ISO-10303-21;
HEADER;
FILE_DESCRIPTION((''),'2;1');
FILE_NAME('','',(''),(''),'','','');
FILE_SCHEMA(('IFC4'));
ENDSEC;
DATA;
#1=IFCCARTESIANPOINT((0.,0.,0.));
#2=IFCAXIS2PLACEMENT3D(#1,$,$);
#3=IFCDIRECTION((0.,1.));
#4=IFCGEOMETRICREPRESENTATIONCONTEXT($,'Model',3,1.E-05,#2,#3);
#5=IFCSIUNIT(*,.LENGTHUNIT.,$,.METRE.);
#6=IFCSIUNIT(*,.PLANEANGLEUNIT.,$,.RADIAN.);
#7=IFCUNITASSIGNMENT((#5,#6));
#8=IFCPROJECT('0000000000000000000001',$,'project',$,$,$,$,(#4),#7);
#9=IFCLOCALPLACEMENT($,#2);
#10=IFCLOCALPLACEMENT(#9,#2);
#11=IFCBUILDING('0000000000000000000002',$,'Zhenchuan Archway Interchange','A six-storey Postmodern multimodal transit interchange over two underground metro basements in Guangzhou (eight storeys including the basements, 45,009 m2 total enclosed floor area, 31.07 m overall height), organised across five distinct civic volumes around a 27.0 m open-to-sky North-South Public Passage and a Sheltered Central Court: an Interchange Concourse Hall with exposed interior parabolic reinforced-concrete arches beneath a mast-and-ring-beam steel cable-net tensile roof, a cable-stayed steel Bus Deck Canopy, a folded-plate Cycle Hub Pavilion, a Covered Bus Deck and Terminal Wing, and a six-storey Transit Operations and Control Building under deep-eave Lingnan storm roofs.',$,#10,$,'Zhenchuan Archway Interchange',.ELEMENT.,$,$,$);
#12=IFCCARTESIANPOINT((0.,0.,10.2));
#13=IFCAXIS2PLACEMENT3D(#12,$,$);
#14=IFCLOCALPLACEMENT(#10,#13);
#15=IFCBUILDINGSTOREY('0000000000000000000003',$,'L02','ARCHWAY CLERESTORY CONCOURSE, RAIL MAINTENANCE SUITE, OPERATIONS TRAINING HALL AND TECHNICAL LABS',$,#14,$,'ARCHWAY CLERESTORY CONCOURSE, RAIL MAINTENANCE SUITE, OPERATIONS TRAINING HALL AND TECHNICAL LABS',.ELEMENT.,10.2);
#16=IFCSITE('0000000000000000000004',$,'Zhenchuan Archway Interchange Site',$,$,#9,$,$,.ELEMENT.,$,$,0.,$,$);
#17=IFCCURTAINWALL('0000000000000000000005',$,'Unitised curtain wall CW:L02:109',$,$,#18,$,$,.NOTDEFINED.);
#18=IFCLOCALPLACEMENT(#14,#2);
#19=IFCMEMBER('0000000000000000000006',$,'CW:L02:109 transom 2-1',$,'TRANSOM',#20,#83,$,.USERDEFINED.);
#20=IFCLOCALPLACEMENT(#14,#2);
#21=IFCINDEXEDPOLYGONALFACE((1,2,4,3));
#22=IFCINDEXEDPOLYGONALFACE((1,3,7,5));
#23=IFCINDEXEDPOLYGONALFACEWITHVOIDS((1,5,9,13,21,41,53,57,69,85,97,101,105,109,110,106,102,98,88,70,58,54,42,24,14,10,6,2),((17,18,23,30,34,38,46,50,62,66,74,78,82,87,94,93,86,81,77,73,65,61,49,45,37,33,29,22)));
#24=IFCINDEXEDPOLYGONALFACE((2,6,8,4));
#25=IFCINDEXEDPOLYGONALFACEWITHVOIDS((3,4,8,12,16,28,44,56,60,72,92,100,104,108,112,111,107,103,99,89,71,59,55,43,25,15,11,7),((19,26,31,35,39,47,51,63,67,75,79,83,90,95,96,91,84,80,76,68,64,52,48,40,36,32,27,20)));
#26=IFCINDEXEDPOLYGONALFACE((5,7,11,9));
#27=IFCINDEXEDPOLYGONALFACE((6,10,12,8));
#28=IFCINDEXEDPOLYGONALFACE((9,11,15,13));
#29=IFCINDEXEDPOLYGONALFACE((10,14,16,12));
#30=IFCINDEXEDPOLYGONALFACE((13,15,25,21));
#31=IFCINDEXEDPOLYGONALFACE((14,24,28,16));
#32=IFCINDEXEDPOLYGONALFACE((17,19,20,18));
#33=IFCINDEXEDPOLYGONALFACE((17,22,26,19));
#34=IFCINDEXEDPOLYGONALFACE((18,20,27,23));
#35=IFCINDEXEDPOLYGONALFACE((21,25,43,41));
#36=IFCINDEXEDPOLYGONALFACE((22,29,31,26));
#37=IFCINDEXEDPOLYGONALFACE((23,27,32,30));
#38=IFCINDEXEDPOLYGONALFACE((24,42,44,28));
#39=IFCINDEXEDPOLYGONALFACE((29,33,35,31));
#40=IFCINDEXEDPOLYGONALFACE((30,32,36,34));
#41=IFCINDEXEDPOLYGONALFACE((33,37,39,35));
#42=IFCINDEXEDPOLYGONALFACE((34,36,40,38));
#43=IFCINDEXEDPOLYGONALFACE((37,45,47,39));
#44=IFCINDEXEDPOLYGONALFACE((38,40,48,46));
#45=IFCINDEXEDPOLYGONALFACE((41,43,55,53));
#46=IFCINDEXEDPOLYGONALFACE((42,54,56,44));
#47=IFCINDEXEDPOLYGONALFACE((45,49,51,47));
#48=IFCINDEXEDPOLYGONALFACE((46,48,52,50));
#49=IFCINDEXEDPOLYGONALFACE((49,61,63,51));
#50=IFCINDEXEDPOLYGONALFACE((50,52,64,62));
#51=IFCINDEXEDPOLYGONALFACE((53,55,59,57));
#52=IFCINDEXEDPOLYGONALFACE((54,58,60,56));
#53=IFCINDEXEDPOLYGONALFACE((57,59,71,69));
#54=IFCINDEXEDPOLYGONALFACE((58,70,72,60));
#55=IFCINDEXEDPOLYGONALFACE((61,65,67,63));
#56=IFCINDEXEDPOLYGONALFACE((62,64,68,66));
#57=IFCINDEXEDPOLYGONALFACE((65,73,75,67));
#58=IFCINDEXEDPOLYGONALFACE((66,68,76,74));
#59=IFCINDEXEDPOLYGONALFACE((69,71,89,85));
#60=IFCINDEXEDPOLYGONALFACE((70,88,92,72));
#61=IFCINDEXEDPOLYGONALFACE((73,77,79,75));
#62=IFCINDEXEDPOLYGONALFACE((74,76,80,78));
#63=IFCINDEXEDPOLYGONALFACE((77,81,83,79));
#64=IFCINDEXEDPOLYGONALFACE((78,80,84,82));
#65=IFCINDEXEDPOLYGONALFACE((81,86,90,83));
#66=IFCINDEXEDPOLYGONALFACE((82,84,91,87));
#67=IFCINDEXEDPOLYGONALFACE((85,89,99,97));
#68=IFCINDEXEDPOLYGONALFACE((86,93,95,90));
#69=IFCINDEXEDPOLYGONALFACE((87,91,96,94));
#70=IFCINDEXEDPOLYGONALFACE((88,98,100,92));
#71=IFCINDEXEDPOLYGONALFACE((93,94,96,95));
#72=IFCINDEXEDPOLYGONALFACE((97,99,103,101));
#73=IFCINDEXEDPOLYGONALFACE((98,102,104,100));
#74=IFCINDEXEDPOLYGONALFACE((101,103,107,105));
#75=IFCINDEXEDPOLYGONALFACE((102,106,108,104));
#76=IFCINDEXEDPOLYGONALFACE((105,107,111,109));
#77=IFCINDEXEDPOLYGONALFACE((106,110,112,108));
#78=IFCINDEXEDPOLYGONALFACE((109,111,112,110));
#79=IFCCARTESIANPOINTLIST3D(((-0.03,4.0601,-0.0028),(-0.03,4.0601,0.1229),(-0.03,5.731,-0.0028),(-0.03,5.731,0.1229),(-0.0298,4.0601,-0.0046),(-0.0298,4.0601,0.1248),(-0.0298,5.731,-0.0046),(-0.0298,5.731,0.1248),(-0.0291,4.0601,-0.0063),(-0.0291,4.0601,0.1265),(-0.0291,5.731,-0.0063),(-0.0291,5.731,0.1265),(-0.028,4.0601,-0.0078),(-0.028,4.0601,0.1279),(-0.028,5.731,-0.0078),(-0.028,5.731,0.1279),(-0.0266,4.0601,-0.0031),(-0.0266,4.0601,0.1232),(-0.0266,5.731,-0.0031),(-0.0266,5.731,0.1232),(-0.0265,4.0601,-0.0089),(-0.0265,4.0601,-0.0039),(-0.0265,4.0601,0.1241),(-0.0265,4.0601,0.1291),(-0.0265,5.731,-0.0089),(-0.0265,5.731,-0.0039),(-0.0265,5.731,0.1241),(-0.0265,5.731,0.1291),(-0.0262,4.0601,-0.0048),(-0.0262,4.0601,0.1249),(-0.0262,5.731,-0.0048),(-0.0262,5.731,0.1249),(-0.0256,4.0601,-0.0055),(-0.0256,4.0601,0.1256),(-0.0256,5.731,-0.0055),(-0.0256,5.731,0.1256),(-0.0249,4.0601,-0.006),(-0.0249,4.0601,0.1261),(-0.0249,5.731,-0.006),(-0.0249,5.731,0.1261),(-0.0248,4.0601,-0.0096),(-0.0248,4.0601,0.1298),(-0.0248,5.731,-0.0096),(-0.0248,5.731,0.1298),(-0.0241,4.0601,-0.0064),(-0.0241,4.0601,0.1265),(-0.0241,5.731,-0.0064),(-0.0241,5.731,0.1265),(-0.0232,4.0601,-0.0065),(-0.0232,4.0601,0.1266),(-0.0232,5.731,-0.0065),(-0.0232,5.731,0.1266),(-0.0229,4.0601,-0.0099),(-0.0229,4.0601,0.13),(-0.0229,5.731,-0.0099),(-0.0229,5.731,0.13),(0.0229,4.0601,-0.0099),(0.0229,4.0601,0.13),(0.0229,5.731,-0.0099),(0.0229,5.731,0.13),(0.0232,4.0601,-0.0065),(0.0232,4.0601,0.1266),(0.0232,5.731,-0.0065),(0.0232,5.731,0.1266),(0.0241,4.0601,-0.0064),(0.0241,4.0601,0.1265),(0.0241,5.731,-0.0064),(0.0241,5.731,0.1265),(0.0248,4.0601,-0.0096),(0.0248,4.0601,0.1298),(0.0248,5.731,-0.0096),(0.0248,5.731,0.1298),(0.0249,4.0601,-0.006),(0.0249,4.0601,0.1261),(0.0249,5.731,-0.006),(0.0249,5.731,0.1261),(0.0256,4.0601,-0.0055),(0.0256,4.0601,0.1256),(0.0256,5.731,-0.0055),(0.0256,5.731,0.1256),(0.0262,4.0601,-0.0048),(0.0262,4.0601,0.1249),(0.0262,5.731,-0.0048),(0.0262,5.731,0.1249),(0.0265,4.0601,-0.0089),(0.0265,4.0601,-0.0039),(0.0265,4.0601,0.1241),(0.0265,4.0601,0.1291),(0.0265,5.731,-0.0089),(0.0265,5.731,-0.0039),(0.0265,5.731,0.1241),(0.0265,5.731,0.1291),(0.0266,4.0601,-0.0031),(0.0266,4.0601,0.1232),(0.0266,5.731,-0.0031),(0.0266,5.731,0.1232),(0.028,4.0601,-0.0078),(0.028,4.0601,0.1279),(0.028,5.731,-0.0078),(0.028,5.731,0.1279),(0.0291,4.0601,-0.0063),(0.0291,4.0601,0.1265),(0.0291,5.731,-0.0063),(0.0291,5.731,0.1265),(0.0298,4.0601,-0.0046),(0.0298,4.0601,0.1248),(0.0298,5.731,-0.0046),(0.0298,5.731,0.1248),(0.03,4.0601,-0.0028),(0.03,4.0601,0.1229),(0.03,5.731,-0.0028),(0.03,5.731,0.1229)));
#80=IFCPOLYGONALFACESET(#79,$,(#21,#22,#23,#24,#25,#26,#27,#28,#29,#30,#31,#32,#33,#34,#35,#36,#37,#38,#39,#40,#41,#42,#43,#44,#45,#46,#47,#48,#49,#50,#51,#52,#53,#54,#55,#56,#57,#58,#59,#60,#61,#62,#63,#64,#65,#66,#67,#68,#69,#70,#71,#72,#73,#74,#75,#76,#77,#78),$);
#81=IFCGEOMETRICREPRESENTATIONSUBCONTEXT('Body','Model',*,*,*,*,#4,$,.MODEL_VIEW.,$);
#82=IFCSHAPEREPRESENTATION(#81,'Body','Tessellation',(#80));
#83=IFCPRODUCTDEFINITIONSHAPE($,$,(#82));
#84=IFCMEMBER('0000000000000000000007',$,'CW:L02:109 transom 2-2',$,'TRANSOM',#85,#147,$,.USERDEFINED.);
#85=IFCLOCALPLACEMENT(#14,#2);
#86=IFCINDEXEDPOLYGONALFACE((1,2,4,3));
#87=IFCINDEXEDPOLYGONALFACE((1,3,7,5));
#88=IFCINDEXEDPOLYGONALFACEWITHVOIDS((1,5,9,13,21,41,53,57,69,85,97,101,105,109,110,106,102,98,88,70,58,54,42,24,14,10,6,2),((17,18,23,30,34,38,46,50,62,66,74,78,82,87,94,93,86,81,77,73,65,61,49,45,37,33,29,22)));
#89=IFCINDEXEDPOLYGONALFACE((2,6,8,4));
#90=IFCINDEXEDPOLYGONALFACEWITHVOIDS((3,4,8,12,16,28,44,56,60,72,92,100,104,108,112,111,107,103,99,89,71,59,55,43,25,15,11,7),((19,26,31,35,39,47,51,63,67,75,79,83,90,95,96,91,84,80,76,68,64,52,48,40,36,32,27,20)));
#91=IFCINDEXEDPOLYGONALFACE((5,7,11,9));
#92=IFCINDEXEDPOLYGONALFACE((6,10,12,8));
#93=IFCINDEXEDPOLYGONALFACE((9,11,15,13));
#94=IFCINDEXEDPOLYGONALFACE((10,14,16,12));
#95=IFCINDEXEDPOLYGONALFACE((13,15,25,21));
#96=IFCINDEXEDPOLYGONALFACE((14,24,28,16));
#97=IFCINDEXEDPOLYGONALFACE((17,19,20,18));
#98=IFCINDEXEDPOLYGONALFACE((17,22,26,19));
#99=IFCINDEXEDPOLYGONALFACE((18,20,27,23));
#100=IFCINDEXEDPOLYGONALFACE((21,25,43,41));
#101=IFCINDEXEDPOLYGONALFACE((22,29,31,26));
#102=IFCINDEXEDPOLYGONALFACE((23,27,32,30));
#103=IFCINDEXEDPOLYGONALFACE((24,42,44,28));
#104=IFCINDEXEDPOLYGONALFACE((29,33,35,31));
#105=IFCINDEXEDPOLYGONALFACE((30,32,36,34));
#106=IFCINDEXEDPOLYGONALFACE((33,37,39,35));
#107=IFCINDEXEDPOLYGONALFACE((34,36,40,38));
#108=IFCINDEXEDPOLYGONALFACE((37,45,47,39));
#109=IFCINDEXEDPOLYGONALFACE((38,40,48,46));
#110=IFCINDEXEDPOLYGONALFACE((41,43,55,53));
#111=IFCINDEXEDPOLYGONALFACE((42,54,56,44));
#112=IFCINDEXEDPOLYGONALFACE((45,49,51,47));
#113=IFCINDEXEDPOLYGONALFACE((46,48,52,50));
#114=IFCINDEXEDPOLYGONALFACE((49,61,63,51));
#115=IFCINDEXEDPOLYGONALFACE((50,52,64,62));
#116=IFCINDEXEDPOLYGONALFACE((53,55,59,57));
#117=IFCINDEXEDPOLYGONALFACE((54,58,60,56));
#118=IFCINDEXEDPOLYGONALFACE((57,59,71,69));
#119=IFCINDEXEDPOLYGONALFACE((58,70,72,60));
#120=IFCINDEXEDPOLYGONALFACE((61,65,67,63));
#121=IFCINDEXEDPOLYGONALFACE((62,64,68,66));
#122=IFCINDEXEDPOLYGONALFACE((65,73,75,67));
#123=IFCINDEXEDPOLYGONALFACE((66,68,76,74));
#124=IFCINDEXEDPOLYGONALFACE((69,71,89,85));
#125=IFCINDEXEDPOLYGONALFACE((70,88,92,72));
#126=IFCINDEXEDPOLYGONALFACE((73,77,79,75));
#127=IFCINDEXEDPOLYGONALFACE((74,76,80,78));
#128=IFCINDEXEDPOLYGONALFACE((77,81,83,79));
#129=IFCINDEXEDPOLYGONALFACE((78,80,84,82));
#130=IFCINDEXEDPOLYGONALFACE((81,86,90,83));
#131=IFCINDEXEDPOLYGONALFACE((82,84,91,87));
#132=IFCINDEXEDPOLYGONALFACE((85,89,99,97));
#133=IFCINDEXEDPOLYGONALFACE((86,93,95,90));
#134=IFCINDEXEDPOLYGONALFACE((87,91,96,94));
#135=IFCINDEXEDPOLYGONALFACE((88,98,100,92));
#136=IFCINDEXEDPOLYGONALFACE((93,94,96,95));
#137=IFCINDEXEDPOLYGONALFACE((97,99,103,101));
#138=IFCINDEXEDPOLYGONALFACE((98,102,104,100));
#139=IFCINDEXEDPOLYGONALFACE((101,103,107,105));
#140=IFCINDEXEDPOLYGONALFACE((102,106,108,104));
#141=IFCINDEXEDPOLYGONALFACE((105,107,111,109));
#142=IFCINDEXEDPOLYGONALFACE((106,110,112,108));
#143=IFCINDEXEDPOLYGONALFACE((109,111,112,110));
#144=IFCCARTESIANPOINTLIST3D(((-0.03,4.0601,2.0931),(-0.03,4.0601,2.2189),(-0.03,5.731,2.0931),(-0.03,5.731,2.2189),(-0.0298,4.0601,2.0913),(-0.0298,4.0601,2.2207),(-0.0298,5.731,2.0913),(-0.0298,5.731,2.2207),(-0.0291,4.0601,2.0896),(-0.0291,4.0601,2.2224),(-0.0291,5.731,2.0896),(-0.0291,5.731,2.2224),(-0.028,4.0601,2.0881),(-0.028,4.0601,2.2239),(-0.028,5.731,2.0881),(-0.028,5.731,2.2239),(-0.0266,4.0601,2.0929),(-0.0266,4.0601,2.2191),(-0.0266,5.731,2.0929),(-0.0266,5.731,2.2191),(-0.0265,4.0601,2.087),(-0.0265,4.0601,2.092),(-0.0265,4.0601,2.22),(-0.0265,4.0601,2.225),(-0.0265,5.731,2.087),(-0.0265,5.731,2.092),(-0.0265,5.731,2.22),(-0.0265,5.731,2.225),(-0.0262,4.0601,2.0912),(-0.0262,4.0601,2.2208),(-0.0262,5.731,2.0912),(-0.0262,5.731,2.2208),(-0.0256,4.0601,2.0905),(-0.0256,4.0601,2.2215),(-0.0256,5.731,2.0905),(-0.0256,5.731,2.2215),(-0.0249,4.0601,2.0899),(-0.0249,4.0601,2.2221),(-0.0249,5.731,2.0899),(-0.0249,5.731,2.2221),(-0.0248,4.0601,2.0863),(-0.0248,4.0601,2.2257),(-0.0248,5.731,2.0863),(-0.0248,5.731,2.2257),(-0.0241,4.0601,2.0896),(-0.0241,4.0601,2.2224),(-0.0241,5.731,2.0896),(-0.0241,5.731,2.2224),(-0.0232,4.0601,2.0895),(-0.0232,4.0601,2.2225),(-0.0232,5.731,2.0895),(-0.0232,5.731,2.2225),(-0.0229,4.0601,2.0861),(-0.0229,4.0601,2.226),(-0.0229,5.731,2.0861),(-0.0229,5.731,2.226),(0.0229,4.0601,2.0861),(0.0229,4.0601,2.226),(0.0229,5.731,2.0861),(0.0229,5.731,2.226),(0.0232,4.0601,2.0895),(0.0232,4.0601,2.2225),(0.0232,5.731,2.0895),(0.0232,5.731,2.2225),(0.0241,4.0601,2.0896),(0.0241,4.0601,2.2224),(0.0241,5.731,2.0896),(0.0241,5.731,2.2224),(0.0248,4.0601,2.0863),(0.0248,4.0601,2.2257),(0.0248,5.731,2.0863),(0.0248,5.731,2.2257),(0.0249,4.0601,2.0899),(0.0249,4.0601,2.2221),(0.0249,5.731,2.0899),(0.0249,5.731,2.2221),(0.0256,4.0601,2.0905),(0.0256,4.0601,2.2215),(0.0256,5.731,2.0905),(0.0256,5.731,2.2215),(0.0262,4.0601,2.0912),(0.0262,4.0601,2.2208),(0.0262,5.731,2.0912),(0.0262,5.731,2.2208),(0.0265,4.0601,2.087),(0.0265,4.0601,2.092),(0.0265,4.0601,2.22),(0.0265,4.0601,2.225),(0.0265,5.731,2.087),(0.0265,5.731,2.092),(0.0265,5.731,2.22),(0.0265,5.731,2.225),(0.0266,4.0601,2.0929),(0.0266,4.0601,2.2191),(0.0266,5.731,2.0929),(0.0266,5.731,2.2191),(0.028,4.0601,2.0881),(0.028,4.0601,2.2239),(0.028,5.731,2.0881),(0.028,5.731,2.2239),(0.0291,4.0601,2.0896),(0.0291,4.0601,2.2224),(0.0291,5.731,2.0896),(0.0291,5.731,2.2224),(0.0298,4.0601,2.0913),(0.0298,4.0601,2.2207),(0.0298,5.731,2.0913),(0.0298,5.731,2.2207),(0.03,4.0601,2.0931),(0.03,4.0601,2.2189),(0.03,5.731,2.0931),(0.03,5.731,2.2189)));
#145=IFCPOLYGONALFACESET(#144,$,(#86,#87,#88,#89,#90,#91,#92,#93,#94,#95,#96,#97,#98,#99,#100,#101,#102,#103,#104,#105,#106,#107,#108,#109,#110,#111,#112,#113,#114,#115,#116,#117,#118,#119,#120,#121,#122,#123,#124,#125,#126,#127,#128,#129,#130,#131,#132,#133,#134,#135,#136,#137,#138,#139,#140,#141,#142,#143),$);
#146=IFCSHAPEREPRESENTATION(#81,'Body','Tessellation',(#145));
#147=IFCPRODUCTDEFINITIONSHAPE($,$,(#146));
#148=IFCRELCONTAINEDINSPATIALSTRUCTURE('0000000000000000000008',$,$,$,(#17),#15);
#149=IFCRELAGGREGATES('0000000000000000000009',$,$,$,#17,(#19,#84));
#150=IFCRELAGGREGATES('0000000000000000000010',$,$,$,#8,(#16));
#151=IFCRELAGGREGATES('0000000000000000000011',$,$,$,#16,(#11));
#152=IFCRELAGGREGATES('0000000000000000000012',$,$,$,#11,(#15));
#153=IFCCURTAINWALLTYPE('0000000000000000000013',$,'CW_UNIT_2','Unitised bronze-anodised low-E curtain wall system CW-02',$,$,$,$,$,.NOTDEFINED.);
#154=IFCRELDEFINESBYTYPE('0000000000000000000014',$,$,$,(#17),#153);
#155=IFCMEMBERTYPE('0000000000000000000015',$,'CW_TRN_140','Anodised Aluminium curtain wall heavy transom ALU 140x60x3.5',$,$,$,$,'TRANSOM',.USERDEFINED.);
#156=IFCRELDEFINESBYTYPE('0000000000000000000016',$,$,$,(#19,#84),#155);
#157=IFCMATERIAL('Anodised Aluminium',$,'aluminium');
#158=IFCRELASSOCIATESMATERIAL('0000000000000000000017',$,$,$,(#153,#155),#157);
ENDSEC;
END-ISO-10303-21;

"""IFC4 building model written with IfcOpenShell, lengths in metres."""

from ifc_helpers import new_model, si_unit, direction, frame, origin, origin_2d, place, context, subcontext, project, spatial, hollow_rectangle, extrude, material, material_profile, profile_set, type_object, element, aggregate, save


model = new_model("IFC4")

# Units and contexts
model_context = context("Model", 3, precision=1e-05, world=origin(), true_north=direction((0.0, 1.0)))
body_context = subcontext(model_context, "Body", "Model", "MODEL_VIEW")
ifc_project = project(units=[si_unit("LENGTHUNIT", "METRE"), si_unit("PLANEANGLEUNIT", "RADIAN")], contexts=[model_context])

# Site, building, storey
site_placement = place(None, origin())
site = spatial("IfcSite", under=ifc_project, at=site_placement, Name="Zhenchuan Archway Interchange Site", CompositionType="ELEMENT", RefElevation=0.0)
building_placement = place(site_placement, origin())
building = spatial("IfcBuilding", under=site, at=building_placement, Name="Zhenchuan Archway Interchange", Description="A six-storey Postmodern multimodal transit interchange over two underground metro basements in Guangzhou (eight storeys including the basements, 45,009 m2 total enclosed floor area, 31.07 m overall height), organised across five distinct civic volumes around a 27.0 m open-to-sky North-South Public Passage and a Sheltered Central Court: an Interchange Concourse Hall with exposed interior parabolic reinforced-concrete arches beneath a mast-and-ring-beam steel cable-net tensile roof, a cable-stayed steel Bus Deck Canopy, a folded-plate Cycle Hub Pavilion, a Covered Bus Deck and Terminal Wing, and a six-storey Transit Operations and Control Building under deep-eave Lingnan storm roofs.", LongName="Zhenchuan Archway Interchange", CompositionType="ELEMENT")
storey_placement = place(building_placement, frame((0.0, 0.0, 10.2)))
storey = spatial("IfcBuildingStorey", under=building, at=storey_placement, Name="L02", Description="ARCHWAY CLERESTORY CONCOURSE, RAIL MAINTENANCE SUITE, OPERATIONS TRAINING HALL AND TECHNICAL LABS", LongName="ARCHWAY CLERESTORY CONCOURSE, RAIL MAINTENANCE SUITE, OPERATIONS TRAINING HALL AND TECHNICAL LABS", CompositionType="ELEMENT", Elevation=10.2)

# Curtain wall, members
ifc_material_1 = material(Name="Anodised Aluminium", Category="aluminium")
curtain_wall_type = type_object("IfcCurtainWallType", Name="CW_UNIT_2", Description="Unitised bronze-anodised low-E curtain wall system CW-02", PredefinedType="NOTDEFINED", material=ifc_material_1)
curtain_wall_placement = place(storey_placement, origin())
curtain_wall = element("IfcCurtainWall", 1, at=curtain_wall_placement, inside=storey, type_object=curtain_wall_type, Name="Unitised curtain wall CW:L02:109", PredefinedType="NOTDEFINED")
ifc_material_profile_1 = material_profile(ifc_material_1, hollow_rectangle(XDim=0.0601, YDim=0.1399, WallThickness=0.0034, InnerFilletRadius=0.0034, OuterFilletRadius=0.0071, at=origin_2d()), Name="ALU 140x60x3.5")
ifc_profile_set_1 = profile_set([ifc_material_profile_1], Name="Anodised Aluminium")
member_type_1 = type_object("IfcMemberType", Name="CW_TRN_140", Description="Anodised Aluminium curtain wall heavy transom ALU 140x60x3.5", ElementType="TRANSOM", PredefinedType="USERDEFINED", material=ifc_profile_set_1)
member_1_placement = place(storey_placement, frame((0.0, 4.0601, 0.0601), z_axis=(0.0, 1.0, 0.0), x_axis=(-1.0, 0.0, 0.0)))
member_1 = element("IfcMember", 2, at=member_1_placement, type_object=member_type_1, Name="CW:L02:109 transom 2-1", ObjectType="TRANSOM", PredefinedType="USERDEFINED", context=body_context, shape_type="SweptSolid", body=[
    extrude(hollow_rectangle(XDim=0.0601, YDim=0.1399, WallThickness=0.0034, InnerFilletRadius=0.0034, OuterFilletRadius=0.0071, at=origin_2d()), origin(), (0.0, 0.0, 1.0), 1.6709),
])
member_2_placement = place(storey_placement, frame((0.0, 4.0601, 2.156), z_axis=(0.0, 1.0, 0.0), x_axis=(-1.0, 0.0, 0.0)))
member_2 = element("IfcMember", 3, at=member_2_placement, type_object=member_type_1, Name="CW:L02:109 transom 2-2", ObjectType="TRANSOM", PredefinedType="USERDEFINED", context=body_context, shape_type="SweptSolid", body=[
    extrude(hollow_rectangle(XDim=0.0601, YDim=0.1399, WallThickness=0.0034, InnerFilletRadius=0.0034, OuterFilletRadius=0.0071, at=origin_2d()), origin(), (0.0, 0.0, 1.0), 1.6709),
])

aggregate(curtain_wall, [member_1, member_2])

save(model, "model.ifc")
